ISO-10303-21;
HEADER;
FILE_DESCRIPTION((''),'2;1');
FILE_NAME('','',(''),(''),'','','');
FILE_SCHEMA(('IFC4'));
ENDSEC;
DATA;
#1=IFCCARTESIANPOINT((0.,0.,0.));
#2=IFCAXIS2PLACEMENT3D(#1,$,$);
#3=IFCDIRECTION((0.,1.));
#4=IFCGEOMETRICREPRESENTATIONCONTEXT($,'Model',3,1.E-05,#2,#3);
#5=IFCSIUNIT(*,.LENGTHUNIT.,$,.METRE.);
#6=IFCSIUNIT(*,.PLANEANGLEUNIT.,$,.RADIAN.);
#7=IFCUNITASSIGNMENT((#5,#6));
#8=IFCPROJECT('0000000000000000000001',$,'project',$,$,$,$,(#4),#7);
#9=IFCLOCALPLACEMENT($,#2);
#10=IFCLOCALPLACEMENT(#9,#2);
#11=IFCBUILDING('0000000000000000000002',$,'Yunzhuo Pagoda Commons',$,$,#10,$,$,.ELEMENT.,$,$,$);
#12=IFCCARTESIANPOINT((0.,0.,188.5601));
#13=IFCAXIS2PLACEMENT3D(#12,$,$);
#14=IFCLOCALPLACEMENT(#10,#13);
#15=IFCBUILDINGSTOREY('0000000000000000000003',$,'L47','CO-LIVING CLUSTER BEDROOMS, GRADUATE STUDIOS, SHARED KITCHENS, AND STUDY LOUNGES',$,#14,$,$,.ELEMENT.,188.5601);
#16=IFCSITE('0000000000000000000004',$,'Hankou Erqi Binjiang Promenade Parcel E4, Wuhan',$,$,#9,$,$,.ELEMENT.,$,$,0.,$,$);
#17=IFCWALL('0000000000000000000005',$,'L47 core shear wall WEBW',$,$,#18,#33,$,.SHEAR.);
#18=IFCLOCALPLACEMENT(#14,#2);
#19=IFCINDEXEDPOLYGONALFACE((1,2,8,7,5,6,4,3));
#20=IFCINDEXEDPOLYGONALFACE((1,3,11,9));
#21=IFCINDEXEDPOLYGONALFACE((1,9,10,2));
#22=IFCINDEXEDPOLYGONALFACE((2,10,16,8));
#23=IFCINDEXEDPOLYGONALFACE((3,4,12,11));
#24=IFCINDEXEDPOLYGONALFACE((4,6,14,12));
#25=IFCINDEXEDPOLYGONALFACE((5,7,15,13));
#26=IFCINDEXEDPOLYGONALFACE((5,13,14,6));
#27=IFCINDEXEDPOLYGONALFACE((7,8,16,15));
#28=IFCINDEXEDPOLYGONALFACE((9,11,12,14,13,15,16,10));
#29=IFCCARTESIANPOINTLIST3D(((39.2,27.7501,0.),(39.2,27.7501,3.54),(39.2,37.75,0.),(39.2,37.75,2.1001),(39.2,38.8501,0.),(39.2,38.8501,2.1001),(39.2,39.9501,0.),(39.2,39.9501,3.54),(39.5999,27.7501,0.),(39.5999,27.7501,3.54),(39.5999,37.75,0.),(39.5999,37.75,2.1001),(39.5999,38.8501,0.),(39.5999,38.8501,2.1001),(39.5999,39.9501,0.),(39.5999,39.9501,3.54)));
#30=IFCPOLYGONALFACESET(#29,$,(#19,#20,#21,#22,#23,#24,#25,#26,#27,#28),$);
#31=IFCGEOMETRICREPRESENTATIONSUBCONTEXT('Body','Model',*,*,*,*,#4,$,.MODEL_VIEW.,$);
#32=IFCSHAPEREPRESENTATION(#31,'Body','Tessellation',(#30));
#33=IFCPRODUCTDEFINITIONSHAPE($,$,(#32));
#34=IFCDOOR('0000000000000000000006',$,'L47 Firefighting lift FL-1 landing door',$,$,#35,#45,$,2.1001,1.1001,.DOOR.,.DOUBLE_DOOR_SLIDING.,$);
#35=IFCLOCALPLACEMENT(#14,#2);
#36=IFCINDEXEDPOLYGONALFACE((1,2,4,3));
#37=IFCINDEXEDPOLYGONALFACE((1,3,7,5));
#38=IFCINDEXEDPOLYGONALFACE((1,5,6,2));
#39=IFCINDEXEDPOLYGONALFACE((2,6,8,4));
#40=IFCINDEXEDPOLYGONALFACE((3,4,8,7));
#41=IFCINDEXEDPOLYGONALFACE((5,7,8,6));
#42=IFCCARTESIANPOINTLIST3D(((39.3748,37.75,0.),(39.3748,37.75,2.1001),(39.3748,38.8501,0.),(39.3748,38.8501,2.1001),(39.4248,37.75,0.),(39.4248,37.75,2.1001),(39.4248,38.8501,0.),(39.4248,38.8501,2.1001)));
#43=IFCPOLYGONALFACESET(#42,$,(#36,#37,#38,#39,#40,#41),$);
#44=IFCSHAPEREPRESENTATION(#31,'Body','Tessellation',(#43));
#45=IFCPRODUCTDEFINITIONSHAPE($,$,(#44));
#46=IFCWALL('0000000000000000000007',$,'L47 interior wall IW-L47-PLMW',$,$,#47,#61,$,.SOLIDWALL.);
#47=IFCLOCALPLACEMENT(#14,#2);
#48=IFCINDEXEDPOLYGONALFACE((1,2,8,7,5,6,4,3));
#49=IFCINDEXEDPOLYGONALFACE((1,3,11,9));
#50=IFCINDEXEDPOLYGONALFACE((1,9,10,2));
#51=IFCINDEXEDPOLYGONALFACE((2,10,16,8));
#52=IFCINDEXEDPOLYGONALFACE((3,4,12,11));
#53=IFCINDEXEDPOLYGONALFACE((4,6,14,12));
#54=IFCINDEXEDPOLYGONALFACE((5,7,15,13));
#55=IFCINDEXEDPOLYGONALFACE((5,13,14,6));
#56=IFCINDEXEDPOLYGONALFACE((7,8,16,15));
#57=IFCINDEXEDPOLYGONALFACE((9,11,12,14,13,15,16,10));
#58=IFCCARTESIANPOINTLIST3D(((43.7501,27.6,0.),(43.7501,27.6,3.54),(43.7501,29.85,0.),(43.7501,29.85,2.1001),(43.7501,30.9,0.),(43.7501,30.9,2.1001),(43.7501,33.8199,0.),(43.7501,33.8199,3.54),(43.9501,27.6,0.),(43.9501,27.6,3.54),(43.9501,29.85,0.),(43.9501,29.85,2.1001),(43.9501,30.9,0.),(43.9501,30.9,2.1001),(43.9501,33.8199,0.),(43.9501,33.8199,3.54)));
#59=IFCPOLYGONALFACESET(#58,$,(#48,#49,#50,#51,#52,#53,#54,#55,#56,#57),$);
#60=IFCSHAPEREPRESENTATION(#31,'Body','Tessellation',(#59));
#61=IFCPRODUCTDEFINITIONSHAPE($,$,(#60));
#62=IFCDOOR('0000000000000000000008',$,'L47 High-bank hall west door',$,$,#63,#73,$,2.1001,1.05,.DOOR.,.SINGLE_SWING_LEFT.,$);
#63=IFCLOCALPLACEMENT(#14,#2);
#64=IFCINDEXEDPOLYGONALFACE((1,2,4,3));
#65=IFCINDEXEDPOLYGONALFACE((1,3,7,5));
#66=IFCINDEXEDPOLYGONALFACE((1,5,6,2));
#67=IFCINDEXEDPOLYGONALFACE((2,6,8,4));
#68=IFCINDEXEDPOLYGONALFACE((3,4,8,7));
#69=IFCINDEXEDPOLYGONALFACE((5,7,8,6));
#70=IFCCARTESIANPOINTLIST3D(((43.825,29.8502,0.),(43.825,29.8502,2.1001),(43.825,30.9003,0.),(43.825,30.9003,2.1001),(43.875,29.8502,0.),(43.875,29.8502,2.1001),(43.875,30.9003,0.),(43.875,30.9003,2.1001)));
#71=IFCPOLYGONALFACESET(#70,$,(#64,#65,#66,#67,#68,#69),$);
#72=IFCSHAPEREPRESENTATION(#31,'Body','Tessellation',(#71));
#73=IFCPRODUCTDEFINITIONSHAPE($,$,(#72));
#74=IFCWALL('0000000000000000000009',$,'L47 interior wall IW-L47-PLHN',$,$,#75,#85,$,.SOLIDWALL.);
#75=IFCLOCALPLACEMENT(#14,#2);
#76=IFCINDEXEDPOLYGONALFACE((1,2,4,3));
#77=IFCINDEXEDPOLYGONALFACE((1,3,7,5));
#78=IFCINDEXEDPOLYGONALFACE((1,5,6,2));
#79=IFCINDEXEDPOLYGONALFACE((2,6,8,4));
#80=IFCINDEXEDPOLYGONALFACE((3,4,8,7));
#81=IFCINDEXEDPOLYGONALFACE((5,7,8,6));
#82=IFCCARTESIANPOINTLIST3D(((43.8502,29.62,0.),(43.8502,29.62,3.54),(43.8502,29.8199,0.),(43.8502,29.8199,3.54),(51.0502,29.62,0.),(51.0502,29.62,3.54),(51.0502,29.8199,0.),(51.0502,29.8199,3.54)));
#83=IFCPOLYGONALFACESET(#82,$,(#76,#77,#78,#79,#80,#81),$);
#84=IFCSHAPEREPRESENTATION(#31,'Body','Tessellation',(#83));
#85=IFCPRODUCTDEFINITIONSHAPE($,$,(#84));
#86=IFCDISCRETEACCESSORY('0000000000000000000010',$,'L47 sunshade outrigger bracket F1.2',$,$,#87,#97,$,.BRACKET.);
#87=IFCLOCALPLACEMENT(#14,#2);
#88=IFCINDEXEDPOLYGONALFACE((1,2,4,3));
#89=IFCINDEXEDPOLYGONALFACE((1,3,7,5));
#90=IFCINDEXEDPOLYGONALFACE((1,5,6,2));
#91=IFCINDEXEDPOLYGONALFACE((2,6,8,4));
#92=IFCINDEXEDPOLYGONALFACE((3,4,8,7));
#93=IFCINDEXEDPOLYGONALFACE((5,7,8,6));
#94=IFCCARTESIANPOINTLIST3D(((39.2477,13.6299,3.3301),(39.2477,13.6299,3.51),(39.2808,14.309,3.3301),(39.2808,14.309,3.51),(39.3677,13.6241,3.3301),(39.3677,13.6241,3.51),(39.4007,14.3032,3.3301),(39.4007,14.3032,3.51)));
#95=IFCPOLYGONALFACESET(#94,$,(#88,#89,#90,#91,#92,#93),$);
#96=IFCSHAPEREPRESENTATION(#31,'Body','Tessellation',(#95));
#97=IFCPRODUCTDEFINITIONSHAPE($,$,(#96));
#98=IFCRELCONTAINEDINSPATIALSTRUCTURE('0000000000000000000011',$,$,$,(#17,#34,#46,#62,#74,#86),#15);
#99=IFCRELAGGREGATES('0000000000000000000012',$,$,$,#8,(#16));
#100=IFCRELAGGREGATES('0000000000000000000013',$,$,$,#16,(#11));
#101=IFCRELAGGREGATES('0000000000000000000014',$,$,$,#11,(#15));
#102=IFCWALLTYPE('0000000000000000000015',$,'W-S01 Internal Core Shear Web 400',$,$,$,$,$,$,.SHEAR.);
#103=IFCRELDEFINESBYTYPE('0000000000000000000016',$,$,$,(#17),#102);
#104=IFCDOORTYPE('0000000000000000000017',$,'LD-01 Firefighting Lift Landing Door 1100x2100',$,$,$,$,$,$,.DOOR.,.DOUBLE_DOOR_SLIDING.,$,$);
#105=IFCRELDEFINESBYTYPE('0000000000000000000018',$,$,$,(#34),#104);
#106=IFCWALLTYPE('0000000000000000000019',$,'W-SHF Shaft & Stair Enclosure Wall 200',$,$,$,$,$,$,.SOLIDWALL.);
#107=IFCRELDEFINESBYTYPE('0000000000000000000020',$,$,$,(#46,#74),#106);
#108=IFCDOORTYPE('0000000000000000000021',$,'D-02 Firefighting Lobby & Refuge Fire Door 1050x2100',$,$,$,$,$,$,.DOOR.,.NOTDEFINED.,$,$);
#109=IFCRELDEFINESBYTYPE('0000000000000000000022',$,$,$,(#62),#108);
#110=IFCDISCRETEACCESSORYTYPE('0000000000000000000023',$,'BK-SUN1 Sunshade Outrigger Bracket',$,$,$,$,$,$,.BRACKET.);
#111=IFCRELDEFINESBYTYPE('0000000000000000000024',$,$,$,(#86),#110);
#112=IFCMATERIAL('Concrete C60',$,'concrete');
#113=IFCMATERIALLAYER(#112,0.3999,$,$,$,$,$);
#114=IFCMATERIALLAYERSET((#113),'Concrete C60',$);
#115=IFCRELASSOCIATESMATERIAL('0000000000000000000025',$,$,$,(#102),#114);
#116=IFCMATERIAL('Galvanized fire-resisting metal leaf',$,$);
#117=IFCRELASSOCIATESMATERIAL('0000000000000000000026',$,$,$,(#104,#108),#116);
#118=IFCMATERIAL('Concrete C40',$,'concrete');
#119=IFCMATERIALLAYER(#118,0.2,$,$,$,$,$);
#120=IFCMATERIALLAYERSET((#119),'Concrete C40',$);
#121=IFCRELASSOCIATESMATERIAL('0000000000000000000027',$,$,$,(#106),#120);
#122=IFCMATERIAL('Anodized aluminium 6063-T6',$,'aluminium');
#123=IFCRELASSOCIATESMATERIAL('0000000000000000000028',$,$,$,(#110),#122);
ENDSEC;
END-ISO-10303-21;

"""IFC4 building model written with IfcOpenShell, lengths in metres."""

from ifc_helpers import new_model, si_unit, direction, frame, frame_2d, origin, origin_2d, place, context, subcontext, project, spatial, rectangle, extrude, source, transform, mapped, material, layer, layer_set, type_object, element, fill, save


model = new_model("IFC4")

# Units and contexts
model_context = context("Model", 3, precision=1e-05, world=origin(), true_north=direction((0.0, 1.0)))
body_context = subcontext(model_context, "Body", "Model", "MODEL_VIEW")
ifc_project = project(units=[si_unit("LENGTHUNIT", "METRE"), si_unit("PLANEANGLEUNIT", "RADIAN")], contexts=[model_context])

# Site, building, storey
site_placement = place(None, origin())
site = spatial("IfcSite", under=ifc_project, at=site_placement, Name="Hankou Erqi Binjiang Promenade Parcel E4, Wuhan", CompositionType="ELEMENT", RefElevation=0.0)
building_placement = place(site_placement, origin())
building = spatial("IfcBuilding", under=site, at=building_placement, Name="Yunzhuo Pagoda Commons", CompositionType="ELEMENT")
storey_placement = place(building_placement, frame((0.0, 0.0, 188.5601)))
storey = spatial("IfcBuildingStorey", under=building, at=storey_placement, Name="L47", Description="CO-LIVING CLUSTER BEDROOMS, GRADUATE STUDIOS, SHARED KITCHENS, AND STUDY LOUNGES", CompositionType="ELEMENT", Elevation=188.5601)

# Shared definitions
ifc_material_1 = material(Name="Anodized aluminium 6063-T6", Category="aluminium")

# Shared definitions
ifc_material_2 = material(Name="Galvanized fire-resisting metal leaf")

# Walls, openings, doors
ifc_material_3 = material(Name="Concrete C60", Category="concrete")
ifc_layer_1 = layer(ifc_material_3, 0.3999)
ifc_layer_set_1 = layer_set([ifc_layer_1], Name="Concrete C60")
wall_type_1 = type_object("IfcWallType", Name="W-S01 Internal Core Shear Web 400", PredefinedType="SHEAR", material=ifc_layer_set_1)
wall_1_placement = place(storey_placement, frame((39.3999, 27.75, 0.0), z_axis=(0.0, 0.0, 1.0), x_axis=(0.0, 1.0, 0.0)))
wall_1 = element("IfcWall", 1, at=wall_1_placement, inside=storey, type_object=wall_type_1, Name="L47 core shear wall WEBW", PredefinedType="SHEAR", context=body_context, shape_type="SweptSolid", body=[
    extrude(rectangle(XDim=12.2, YDim=0.3999, at=frame_2d((6.1001, 0.0))), origin(), (0.0, 0.0, 1.0), 3.54),
])
opening_1_placement = place(wall_1_placement, frame((10.0, 0.0, 0.0)))
opening_1 = element("IfcOpeningElement", 2, at=opening_1_placement, cuts=wall_1, PredefinedType="OPENING", context=body_context, shape_type="SweptSolid", body=[
    extrude(rectangle(XDim=1.1001, YDim=2.1001, at=frame_2d((0.55, 1.05))), frame((0.0, 0.21, 0.0), z_axis=(0.0, -1.0, 0.0), x_axis=(1.0, 0.0, 0.0)), (0.0, 0.0, 1.0), 0.4199),
])
door_type_1 = type_object("IfcDoorType", Name="LD-01 Firefighting Lift Landing Door 1100x2100", OperationType="DOUBLE_DOOR_SLIDING", PredefinedType="DOOR", material=ifc_material_2)
shared_shape_1 = source(origin(), body_context, "Body", "SweptSolid", [
    extrude(rectangle(XDim=1.1001, YDim=2.1001, at=frame_2d((0.55, 1.05))), frame((0.0, 0.0249, 0.0), z_axis=(0.0, -1.0, 0.0), x_axis=(1.0, 0.0, 0.0)), (0.0, 0.0, 1.0), 0.05),
])
door_1_placement = place(opening_1_placement, frame((1.1001, 0.0, 0.0), z_axis=(0.0, 0.0, 1.0), x_axis=(-1.0, 0.0, 0.0)))
door_1 = element("IfcDoor", 3, at=door_1_placement, inside=storey, type_object=door_type_1, Name="L47 Firefighting lift FL-1 landing door", OperationType="DOUBLE_DOOR_SLIDING", OverallHeight=2.1001, OverallWidth=1.1001, PredefinedType="DOOR", context=body_context, shape_type="MappedRepresentation", body=[
    mapped(shared_shape_1, transform((0.0, 0.0, 0.0), scale=1.0)),
])
fill(opening_1, door_1)
ifc_material_4 = material(Name="Concrete C40", Category="concrete")
ifc_layer_2 = layer(ifc_material_4, 0.2)
ifc_layer_set_2 = layer_set([ifc_layer_2], Name="Concrete C40")
wall_type_2 = type_object("IfcWallType", Name="W-SHF Shaft & Stair Enclosure Wall 200", PredefinedType="SOLIDWALL", material=ifc_layer_set_2)
wall_2_placement = place(storey_placement, frame((43.8501, 27.6001, 0.0), z_axis=(0.0, 0.0, 1.0), x_axis=(0.0, 1.0, 0.0)))
wall_2 = element("IfcWall", 4, at=wall_2_placement, inside=storey, type_object=wall_type_2, Name="L47 interior wall IW-L47-PLMW", PredefinedType="SOLIDWALL", context=body_context, shape_type="SweptSolid", body=[
    extrude(rectangle(XDim=6.22, YDim=0.2, at=frame_2d((3.1099, 0.0))), origin(), (0.0, 0.0, 1.0), 3.54),
])
opening_2_placement = place(wall_2_placement, frame((2.25, 0.0, 0.0)))
opening_2 = element("IfcOpeningElement", 5, at=opening_2_placement, cuts=wall_2, PredefinedType="OPENING", context=body_context, shape_type="SweptSolid", body=[
    extrude(rectangle(XDim=1.05, YDim=2.1001, at=frame_2d((0.5249, 1.05))), frame((0.0, 0.1099, 0.0), z_axis=(0.0, -1.0, 0.0), x_axis=(1.0, 0.0, 0.0)), (0.0, 0.0, 1.0), 0.22),
])
door_type_2 = type_object("IfcDoorType", Name="D-02 Firefighting Lobby & Refuge Fire Door 1050x2100", OperationType="NOTDEFINED", PredefinedType="DOOR", material=ifc_material_2)
shared_shape_2 = source(origin(), body_context, "Body", "SweptSolid", [
    extrude(rectangle(XDim=1.05, YDim=2.1001, at=frame_2d((0.5249, 1.05))), frame((0.0, 0.0249, 0.0), z_axis=(0.0, -1.0, 0.0), x_axis=(1.0, 0.0, 0.0)), (0.0, 0.0, 1.0), 0.05),
])
door_2_placement = place(opening_2_placement, frame((1.05, 0.0, 0.0), z_axis=(0.0, 0.0, 1.0), x_axis=(-1.0, 0.0, 0.0)))
door_2 = element("IfcDoor", 6, at=door_2_placement, inside=storey, type_object=door_type_2, Name="L47 High-bank hall west door", OperationType="SINGLE_SWING_LEFT", OverallHeight=2.1001, OverallWidth=1.05, PredefinedType="DOOR", context=body_context, shape_type="MappedRepresentation", body=[
    mapped(shared_shape_2, transform((0.0, 0.0, 0.0), scale=1.0)),
])
fill(opening_2, door_2)

# Wall
wall_3_placement = place(storey_placement, frame((43.8501, 29.72, 0.0), z_axis=(0.0, 0.0, 1.0), x_axis=(1.0, 0.0, 0.0)))
element("IfcWall", 7, at=wall_3_placement, inside=storey, type_object=wall_type_2, Name="L47 interior wall IW-L47-PLHN", PredefinedType="SOLIDWALL", context=body_context, shape_type="SweptSolid", body=[
    extrude(rectangle(XDim=7.2, YDim=0.2, at=frame_2d((3.6001, 0.0))), origin(), (0.0, 0.0, 1.0), 3.54),
])

# Discrete accessory
discrete_accessory_type = type_object("IfcDiscreteAccessoryType", Name="BK-SUN1 Sunshade Outrigger Bracket", PredefinedType="BRACKET", material=ifc_material_1)
shared_shape_3 = source(origin(), body_context, "Body", "SweptSolid", [
    extrude(rectangle(XDim=0.1201, YDim=0.6799, at=origin_2d()), origin(), (0.0, 0.0, 1.0), 0.1799),
])
discrete_accessory_placement = place(storey_placement, frame((39.3242, 13.9666, 3.3301), z_axis=(0.0, 0.0, 1.0), x_axis=(0.998818, -0.048606, 0.0)))
element("IfcDiscreteAccessory", 8, at=discrete_accessory_placement, inside=storey, type_object=discrete_accessory_type, Name="L47 sunshade outrigger bracket F1.2", PredefinedType="BRACKET", context=body_context, shape_type="MappedRepresentation", body=[
    mapped(shared_shape_3, transform((0.0, 0.0, 0.0), scale=1.0)),
])

save(model, "model.ifc")
